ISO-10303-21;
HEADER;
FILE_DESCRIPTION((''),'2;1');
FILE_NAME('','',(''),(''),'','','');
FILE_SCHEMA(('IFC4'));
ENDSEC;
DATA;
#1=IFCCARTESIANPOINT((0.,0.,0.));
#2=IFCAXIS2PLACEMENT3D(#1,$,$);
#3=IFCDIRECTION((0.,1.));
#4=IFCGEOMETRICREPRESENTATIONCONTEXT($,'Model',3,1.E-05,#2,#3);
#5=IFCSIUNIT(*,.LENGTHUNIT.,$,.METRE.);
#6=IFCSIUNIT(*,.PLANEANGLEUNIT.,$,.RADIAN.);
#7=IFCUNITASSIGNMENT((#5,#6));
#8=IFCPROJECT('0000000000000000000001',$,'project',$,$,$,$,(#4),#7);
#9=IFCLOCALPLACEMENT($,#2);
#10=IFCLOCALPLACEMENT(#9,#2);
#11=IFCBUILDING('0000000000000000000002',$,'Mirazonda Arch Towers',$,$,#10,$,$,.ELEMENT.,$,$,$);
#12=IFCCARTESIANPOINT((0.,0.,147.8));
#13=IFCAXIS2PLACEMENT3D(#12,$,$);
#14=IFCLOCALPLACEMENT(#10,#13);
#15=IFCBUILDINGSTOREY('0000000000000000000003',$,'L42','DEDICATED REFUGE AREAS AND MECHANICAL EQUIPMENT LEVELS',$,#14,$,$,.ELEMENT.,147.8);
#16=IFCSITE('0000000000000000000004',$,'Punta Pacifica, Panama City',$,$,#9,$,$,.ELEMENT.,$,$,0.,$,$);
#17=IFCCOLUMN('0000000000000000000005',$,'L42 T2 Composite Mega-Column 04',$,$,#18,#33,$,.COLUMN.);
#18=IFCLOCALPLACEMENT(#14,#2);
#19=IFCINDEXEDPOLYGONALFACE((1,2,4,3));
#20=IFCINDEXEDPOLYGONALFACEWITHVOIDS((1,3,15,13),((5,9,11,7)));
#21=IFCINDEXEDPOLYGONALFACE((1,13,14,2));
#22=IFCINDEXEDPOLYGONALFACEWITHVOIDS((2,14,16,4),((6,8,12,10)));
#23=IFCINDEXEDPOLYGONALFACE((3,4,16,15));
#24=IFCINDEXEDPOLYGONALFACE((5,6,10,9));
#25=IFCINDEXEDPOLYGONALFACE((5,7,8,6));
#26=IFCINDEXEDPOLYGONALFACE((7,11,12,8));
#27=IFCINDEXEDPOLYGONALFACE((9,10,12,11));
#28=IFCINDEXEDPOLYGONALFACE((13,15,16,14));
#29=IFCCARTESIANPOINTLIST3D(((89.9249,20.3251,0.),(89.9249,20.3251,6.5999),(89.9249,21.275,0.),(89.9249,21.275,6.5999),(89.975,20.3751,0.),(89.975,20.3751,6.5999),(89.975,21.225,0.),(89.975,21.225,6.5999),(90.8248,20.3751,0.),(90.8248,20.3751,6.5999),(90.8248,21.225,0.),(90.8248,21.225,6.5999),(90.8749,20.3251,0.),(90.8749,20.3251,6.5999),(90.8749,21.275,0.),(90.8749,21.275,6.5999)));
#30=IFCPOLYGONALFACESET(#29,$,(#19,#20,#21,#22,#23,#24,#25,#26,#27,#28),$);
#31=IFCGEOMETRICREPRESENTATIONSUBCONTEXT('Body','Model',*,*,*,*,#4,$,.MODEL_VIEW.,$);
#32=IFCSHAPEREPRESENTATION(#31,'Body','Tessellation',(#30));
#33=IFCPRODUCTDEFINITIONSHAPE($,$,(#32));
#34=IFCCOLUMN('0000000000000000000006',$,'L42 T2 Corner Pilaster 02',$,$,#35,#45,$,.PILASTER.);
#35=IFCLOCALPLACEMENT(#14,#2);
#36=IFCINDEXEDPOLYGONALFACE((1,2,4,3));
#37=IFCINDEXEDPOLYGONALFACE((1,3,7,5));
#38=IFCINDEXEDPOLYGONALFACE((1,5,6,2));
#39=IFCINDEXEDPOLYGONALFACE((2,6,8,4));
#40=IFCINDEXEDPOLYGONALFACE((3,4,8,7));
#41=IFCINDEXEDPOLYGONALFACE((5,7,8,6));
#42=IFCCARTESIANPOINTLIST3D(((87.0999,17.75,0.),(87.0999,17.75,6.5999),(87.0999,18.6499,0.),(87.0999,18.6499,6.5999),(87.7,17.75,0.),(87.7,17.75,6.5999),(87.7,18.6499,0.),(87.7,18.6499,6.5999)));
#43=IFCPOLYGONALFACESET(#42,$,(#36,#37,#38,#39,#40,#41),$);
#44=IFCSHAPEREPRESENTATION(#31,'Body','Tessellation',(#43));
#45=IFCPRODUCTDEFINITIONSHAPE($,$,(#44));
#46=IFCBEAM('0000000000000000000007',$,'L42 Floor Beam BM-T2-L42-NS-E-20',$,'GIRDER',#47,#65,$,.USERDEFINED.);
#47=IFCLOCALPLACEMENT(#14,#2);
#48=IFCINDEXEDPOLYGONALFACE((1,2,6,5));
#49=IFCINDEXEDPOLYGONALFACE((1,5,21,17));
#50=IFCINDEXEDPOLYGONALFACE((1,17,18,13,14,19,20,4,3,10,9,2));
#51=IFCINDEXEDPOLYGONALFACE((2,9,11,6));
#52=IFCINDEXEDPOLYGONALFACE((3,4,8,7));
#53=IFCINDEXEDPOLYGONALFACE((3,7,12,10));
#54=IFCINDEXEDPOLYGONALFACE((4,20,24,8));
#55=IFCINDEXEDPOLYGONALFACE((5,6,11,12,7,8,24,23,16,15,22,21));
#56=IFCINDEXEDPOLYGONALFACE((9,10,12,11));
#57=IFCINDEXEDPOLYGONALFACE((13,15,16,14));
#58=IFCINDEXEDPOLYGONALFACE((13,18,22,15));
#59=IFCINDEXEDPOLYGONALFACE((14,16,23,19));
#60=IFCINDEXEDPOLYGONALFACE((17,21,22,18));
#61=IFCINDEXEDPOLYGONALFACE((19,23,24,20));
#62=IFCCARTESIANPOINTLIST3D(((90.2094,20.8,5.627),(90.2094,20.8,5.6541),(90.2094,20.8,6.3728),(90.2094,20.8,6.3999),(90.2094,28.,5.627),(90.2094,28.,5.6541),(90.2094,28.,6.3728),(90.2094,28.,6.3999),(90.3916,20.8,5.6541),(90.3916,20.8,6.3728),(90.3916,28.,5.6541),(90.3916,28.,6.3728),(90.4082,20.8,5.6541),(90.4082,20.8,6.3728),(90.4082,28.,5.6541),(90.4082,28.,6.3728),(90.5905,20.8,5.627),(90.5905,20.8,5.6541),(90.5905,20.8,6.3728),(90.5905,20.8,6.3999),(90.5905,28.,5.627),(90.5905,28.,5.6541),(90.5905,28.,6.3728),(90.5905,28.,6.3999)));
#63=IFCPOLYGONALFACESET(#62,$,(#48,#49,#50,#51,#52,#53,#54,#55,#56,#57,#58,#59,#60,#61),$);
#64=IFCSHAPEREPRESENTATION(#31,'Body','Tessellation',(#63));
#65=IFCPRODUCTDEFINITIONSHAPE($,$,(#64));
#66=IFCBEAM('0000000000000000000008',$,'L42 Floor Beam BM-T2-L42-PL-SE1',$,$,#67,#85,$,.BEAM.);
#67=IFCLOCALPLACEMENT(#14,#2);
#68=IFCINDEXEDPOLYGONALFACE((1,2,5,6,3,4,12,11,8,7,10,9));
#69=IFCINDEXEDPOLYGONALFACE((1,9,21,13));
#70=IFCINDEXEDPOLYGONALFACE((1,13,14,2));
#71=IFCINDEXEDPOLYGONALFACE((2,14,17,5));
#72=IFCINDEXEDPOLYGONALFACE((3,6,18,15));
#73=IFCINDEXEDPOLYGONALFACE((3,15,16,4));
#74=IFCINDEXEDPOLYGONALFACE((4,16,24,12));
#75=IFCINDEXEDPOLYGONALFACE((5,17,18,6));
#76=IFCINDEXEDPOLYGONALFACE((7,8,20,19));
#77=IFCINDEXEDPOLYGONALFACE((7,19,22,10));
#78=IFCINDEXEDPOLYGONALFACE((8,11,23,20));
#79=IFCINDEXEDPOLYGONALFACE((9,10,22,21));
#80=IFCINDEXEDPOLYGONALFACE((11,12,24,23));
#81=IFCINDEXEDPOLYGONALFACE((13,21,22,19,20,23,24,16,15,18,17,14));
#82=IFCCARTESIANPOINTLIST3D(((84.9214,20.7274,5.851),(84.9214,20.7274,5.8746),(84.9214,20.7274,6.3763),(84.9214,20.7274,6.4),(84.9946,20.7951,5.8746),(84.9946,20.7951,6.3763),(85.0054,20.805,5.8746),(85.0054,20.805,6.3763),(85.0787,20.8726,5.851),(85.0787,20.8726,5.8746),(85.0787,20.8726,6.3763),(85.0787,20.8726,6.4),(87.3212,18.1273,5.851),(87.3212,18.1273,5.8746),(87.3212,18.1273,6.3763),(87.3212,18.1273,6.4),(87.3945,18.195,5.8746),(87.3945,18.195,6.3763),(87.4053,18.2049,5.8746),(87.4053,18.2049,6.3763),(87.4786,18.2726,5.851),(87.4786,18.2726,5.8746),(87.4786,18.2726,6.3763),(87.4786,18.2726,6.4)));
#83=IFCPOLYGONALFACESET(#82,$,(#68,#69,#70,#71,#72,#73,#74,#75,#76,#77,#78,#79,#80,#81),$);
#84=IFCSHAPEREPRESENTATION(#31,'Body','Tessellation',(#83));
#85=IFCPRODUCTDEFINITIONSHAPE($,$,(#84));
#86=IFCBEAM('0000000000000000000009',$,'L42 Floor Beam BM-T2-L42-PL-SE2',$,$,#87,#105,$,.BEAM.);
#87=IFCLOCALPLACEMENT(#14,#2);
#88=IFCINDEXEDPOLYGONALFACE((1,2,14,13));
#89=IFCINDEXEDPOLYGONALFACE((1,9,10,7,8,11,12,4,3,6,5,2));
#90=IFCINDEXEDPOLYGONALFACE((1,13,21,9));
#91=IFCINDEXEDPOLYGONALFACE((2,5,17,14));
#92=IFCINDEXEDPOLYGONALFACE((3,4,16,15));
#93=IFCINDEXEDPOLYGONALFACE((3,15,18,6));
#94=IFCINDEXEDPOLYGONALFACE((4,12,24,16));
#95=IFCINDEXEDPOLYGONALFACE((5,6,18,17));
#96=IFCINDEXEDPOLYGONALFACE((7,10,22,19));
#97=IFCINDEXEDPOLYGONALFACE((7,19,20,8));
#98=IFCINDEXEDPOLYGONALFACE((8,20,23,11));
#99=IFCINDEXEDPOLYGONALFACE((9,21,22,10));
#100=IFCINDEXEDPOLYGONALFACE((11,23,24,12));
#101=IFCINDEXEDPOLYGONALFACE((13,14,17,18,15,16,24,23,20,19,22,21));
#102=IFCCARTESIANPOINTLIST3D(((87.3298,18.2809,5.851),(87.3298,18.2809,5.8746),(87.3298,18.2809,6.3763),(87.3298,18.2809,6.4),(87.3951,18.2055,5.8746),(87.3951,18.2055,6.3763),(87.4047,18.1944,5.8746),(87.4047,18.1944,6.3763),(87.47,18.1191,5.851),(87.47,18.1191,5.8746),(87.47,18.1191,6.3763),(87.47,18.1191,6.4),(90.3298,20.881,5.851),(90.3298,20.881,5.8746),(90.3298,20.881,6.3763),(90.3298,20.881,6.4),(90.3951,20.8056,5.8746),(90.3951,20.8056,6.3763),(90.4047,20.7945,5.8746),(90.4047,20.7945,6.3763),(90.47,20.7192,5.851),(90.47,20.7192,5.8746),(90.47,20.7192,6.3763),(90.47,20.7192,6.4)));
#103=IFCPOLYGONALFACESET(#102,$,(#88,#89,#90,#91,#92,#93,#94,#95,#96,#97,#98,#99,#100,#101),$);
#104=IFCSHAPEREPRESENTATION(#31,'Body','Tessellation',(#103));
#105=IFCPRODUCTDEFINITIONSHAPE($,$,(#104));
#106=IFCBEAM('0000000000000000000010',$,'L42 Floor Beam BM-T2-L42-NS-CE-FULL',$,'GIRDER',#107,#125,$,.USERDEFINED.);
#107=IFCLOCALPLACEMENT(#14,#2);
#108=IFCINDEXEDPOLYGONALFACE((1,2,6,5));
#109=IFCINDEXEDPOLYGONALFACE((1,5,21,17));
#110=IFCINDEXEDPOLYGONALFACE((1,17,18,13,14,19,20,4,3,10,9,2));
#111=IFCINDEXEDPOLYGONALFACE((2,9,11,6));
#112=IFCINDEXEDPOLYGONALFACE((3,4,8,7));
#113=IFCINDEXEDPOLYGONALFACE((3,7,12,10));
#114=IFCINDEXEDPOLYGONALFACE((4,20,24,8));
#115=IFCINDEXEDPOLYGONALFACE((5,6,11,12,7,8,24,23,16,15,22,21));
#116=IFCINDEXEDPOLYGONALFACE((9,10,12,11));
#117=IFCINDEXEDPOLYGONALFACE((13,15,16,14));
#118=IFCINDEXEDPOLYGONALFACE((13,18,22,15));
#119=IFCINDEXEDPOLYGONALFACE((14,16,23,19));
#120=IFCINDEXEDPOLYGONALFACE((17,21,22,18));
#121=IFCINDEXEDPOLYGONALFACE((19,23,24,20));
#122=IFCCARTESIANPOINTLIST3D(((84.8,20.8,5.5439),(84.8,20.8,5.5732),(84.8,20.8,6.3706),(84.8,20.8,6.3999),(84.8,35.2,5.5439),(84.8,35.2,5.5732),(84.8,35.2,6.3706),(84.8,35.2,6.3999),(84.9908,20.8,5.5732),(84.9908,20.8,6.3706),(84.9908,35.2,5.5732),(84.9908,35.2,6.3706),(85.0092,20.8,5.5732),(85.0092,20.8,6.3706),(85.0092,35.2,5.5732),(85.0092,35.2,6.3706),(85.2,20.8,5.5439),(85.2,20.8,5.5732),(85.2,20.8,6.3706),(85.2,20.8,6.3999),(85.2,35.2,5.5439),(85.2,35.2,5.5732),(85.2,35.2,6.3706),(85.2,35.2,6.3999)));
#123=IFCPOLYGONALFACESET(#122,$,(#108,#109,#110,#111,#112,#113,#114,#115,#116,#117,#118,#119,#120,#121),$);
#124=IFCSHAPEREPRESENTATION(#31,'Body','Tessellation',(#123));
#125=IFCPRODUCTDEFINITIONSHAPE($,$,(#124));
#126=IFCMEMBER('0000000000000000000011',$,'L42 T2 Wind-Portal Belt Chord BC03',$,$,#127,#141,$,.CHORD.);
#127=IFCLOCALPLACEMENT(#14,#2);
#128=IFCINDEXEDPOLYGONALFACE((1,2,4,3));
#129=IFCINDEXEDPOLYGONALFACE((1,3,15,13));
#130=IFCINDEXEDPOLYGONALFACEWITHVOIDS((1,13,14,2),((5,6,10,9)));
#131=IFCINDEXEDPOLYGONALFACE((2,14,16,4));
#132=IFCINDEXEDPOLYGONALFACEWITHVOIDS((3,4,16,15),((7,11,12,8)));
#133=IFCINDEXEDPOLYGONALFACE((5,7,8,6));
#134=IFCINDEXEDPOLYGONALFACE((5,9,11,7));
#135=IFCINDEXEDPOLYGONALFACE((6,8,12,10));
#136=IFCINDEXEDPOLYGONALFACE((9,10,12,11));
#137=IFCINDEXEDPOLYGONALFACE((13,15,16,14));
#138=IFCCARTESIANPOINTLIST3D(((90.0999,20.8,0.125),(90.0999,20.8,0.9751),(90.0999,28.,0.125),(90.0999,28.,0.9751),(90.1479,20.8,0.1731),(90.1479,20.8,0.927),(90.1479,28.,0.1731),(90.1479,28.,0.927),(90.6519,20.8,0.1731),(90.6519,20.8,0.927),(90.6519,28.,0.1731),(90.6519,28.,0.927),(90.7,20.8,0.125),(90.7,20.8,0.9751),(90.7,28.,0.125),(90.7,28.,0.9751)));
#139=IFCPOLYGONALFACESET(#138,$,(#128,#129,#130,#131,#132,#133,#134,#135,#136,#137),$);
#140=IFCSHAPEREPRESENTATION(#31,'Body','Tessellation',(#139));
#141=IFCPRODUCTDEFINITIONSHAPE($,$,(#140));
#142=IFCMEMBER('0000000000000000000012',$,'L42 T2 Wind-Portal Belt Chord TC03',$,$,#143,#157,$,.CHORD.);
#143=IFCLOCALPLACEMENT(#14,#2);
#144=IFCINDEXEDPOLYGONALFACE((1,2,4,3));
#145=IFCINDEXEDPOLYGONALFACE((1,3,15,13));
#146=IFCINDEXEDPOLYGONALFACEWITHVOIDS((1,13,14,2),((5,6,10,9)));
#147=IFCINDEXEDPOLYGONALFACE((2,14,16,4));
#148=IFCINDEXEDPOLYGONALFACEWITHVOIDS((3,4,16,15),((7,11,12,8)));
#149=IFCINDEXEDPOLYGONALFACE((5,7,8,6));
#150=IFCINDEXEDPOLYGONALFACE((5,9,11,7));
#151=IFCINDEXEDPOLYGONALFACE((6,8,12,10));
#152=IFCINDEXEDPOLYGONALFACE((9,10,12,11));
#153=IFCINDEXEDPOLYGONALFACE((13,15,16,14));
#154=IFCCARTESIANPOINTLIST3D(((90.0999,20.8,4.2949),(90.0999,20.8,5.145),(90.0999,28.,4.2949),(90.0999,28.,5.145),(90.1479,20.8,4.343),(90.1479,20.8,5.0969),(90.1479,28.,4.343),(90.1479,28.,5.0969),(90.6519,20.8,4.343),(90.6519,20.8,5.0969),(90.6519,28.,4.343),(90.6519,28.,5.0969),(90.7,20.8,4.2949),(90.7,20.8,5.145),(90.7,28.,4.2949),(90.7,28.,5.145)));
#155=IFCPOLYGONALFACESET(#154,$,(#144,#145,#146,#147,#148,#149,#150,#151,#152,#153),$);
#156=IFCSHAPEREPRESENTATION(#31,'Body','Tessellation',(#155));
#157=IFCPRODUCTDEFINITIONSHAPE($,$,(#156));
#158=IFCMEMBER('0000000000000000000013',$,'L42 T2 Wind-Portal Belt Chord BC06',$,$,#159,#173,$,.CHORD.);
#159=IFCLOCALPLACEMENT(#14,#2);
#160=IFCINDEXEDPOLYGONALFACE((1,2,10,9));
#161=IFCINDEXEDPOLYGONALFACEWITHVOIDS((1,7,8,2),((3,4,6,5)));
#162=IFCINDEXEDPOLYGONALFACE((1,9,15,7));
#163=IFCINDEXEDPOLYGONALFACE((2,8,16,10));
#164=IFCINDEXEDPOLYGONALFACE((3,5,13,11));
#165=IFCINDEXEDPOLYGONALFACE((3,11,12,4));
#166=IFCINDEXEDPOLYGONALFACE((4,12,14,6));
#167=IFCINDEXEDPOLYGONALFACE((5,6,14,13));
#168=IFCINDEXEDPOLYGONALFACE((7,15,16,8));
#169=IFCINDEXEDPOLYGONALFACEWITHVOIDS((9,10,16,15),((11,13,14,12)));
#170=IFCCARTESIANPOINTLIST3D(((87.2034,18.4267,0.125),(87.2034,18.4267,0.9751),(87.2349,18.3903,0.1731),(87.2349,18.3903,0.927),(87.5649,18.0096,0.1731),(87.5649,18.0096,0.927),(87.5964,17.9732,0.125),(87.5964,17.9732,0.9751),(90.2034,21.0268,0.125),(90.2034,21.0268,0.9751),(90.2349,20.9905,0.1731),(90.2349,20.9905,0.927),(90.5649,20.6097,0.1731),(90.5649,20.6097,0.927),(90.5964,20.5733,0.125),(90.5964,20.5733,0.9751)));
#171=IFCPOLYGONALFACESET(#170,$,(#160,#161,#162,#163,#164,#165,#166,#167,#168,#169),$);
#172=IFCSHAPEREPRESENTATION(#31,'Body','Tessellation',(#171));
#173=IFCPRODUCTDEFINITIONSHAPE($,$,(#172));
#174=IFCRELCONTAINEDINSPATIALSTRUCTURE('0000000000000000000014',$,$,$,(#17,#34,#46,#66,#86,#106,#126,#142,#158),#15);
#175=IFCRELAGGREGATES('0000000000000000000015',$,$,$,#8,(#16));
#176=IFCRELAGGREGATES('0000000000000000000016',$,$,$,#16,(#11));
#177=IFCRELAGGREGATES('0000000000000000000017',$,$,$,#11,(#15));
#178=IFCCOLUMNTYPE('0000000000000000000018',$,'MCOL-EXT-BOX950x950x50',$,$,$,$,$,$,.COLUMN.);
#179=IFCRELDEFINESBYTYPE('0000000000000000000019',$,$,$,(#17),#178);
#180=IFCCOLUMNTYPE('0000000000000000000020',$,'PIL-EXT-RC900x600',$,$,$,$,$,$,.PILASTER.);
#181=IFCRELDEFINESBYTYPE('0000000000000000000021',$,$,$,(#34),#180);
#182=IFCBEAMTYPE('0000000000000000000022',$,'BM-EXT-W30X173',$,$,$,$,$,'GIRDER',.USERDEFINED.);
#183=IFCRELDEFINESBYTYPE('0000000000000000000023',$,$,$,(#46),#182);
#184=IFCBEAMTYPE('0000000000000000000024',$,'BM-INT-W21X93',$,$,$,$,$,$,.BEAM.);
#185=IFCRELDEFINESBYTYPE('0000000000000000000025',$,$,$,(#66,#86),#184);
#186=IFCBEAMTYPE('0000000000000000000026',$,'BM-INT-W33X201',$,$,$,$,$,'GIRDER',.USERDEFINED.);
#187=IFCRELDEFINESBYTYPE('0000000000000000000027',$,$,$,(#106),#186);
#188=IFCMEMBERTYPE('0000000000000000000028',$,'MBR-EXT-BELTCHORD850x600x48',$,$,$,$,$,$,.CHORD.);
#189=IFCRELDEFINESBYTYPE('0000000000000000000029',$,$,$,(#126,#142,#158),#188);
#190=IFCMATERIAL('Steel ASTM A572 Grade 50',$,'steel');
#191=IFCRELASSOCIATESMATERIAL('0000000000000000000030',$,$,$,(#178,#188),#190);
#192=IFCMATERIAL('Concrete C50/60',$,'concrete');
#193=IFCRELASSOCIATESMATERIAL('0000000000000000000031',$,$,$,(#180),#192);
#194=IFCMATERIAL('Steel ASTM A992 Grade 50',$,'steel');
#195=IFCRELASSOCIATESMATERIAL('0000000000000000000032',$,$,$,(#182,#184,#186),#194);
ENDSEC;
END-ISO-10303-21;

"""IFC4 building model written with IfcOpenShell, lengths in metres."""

from ifc_helpers import new_model, si_unit, direction, frame, origin, origin_2d, place, context, subcontext, project, spatial, rectangle, hollow_rectangle, i_section, extrude, material, material_profile, profile_set, type_object, element, save


model = new_model("IFC4")

# Units and contexts
model_context = context("Model", 3, precision=1e-05, world=origin(), true_north=direction((0.0, 1.0)))
body_context = subcontext(model_context, "Body", "Model", "MODEL_VIEW")
ifc_project = project(units=[si_unit("LENGTHUNIT", "METRE"), si_unit("PLANEANGLEUNIT", "RADIAN")], contexts=[model_context])

# Site, building, storey
site_placement = place(None, origin())
site = spatial("IfcSite", under=ifc_project, at=site_placement, Name="Punta Pacifica, Panama City", CompositionType="ELEMENT", RefElevation=0.0)
building_placement = place(site_placement, origin())
building = spatial("IfcBuilding", under=site, at=building_placement, Name="Mirazonda Arch Towers", CompositionType="ELEMENT")
storey_placement = place(building_placement, frame((0.0, 0.0, 147.8)))
storey = spatial("IfcBuildingStorey", under=building, at=storey_placement, Name="L42", Description="DEDICATED REFUGE AREAS AND MECHANICAL EQUIPMENT LEVELS", CompositionType="ELEMENT", Elevation=147.8)

# Columns
ifc_material_1 = material(Name="Steel ASTM A572 Grade 50", Category="steel")
ifc_material_profile_1 = material_profile(ifc_material_1, hollow_rectangle(XDim=0.95, YDim=0.95, WallThickness=0.05, at=origin_2d()), Name="BOX950x950x50")
ifc_profile_set_1 = profile_set([ifc_material_profile_1], Name="Steel ASTM A572 Grade 50")
column_type_1 = type_object("IfcColumnType", Name="MCOL-EXT-BOX950x950x50", PredefinedType="COLUMN", material=ifc_profile_set_1)
column_1_placement = place(storey_placement, frame((90.3999, 20.8, 0.0), z_axis=(0.0, 0.0, 1.0), x_axis=(1.0, 0.0, 0.0)))
element("IfcColumn", 1, at=column_1_placement, inside=storey, type_object=column_type_1, Name="L42 T2 Composite Mega-Column 04", PredefinedType="COLUMN", context=body_context, shape_type="SweptSolid", body=[
    extrude(hollow_rectangle(XDim=0.95, YDim=0.95, WallThickness=0.05, at=origin_2d()), origin(), (0.0, 0.0, 1.0), 6.5999),
])
ifc_material_2 = material(Name="Concrete C50/60", Category="concrete")
ifc_material_profile_2 = material_profile(ifc_material_2, rectangle(XDim=0.6001, YDim=0.8999, at=origin_2d()), Name="RC900x600")
ifc_profile_set_2 = profile_set([ifc_material_profile_2], Name="Concrete C50/60")
column_type_2 = type_object("IfcColumnType", Name="PIL-EXT-RC900x600", PredefinedType="PILASTER", material=ifc_profile_set_2)
column_2_placement = place(storey_placement, frame((87.3999, 18.2, 0.0), z_axis=(0.0, 0.0, 1.0), x_axis=(1.0, 0.0, 0.0)))
element("IfcColumn", 2, at=column_2_placement, inside=storey, type_object=column_type_2, Name="L42 T2 Corner Pilaster 02", PredefinedType="PILASTER", context=body_context, shape_type="SweptSolid", body=[
    extrude(rectangle(XDim=0.6001, YDim=0.8999, at=origin_2d()), origin(), (0.0, 0.0, 1.0), 6.5999),
])

# Beams
ifc_material_3 = material(Name="Steel ASTM A992 Grade 50", Category="steel")
ifc_material_profile_3 = material_profile(ifc_material_3, i_section(OverallWidth=0.3811, OverallDepth=0.7729, WebThickness=0.0166, FlangeThickness=0.0271, at=origin_2d()), Name="W30X173")
ifc_profile_set_3 = profile_set([ifc_material_profile_3], Name="Steel ASTM A992 Grade 50")
beam_type_1 = type_object("IfcBeamType", Name="BM-EXT-W30X173", ElementType="GIRDER", PredefinedType="USERDEFINED", material=ifc_profile_set_3)
beam_1_placement = place(storey_placement, frame((90.3999, 20.8, 6.0134), z_axis=(0.0, 1.0, 0.0), x_axis=(-1.0, 0.0, 0.0)))
element("IfcBeam", 3, at=beam_1_placement, inside=storey, type_object=beam_type_1, Name="L42 Floor Beam BM-T2-L42-NS-E-20", ObjectType="GIRDER", PredefinedType="USERDEFINED", context=body_context, shape_type="SweptSolid", body=[
    extrude(i_section(OverallWidth=0.3811, OverallDepth=0.7729, WebThickness=0.0166, FlangeThickness=0.0271, at=origin_2d()), origin(), (0.0, 0.0, 1.0), 7.2),
])
ifc_material_profile_4 = material_profile(ifc_material_3, i_section(OverallWidth=0.2141, OverallDepth=0.5491, WebThickness=0.0146, FlangeThickness=0.0237, at=origin_2d()), Name="W21X93")
ifc_profile_set_4 = profile_set([ifc_material_profile_4], Name="Steel ASTM A992 Grade 50")
beam_type_2 = type_object("IfcBeamType", Name="BM-INT-W21X93", PredefinedType="BEAM", material=ifc_profile_set_4)
beam_2_placement = place(storey_placement, frame((87.3999, 18.2, 6.1255), z_axis=(-0.678251, 0.73483, 0.0), x_axis=(-0.73483, -0.678251, 0.0)))
element("IfcBeam", 4, at=beam_2_placement, inside=storey, type_object=beam_type_2, Name="L42 Floor Beam BM-T2-L42-PL-SE1", PredefinedType="BEAM", context=body_context, shape_type="SweptSolid", body=[
    extrude(i_section(OverallWidth=0.2141, OverallDepth=0.5491, WebThickness=0.0146, FlangeThickness=0.0237, at=origin_2d()), origin(), (0.0, 0.0, 1.0), 3.5383),
])
beam_3_placement = place(storey_placement, frame((87.3999, 18.2, 6.1255), z_axis=(0.755677, 0.654945, 0.0), x_axis=(-0.654945, 0.755677, 0.0)))
element("IfcBeam", 5, at=beam_3_placement, inside=storey, type_object=beam_type_2, Name="L42 Floor Beam BM-T2-L42-PL-SE2", PredefinedType="BEAM", context=body_context, shape_type="SweptSolid", body=[
    extrude(i_section(OverallWidth=0.2141, OverallDepth=0.5491, WebThickness=0.0146, FlangeThickness=0.0237, at=origin_2d()), origin(), (0.0, 0.0, 1.0), 3.97),
])
ifc_material_profile_5 = material_profile(ifc_material_3, i_section(OverallWidth=0.3999, OverallDepth=0.856, WebThickness=0.0183, FlangeThickness=0.0293, at=origin_2d()), Name="W33X201")
ifc_profile_set_5 = profile_set([ifc_material_profile_5], Name="Steel ASTM A992 Grade 50")
beam_type_3 = type_object("IfcBeamType", Name="BM-INT-W33X201", ElementType="GIRDER", PredefinedType="USERDEFINED", material=ifc_profile_set_5)
beam_4_placement = place(storey_placement, frame((85.0, 20.8, 5.9719), z_axis=(0.0, 1.0, 0.0), x_axis=(-1.0, 0.0, 0.0)))
element("IfcBeam", 6, at=beam_4_placement, inside=storey, type_object=beam_type_3, Name="L42 Floor Beam BM-T2-L42-NS-CE-FULL", ObjectType="GIRDER", PredefinedType="USERDEFINED", context=body_context, shape_type="SweptSolid", body=[
    extrude(i_section(OverallWidth=0.3999, OverallDepth=0.856, WebThickness=0.0183, FlangeThickness=0.0293, at=origin_2d()), origin(), (0.0, 0.0, 1.0), 14.3999),
])

# Members
ifc_material_profile_6 = material_profile(ifc_material_1, hollow_rectangle(XDim=0.6001, YDim=0.8501, WallThickness=0.0481, at=origin_2d()), Name="BELTCHORD850x600x48")
ifc_profile_set_6 = profile_set([ifc_material_profile_6], Name="Steel ASTM A572 Grade 50")
member_type_1 = type_object("IfcMemberType", Name="MBR-EXT-BELTCHORD850x600x48", PredefinedType="CHORD", material=ifc_profile_set_6)
for number, where, z_axis, x_axis, name in (
    (7, (90.3999, 20.8, 0.55), (0.0, 1.0, 0.0), (-1.0, 0.0, 0.0), "L42 T2 Wind-Portal Belt Chord BC03"),
    (8, (90.3999, 20.8, 4.72), (0.0, 1.0, 0.0), (-1.0, 0.0, 0.0), "L42 T2 Wind-Portal Belt Chord TC03"),
):
    element("IfcMember", number, at=place(storey_placement, frame(where, z_axis=z_axis, x_axis=x_axis)), inside=storey, type_object=member_type_1, Name=name, PredefinedType="CHORD", context=body_context, shape_type="SweptSolid", body=[
        extrude(hollow_rectangle(XDim=0.6001, YDim=0.8501, WallThickness=0.0481, at=origin_2d()), origin(), (0.0, 0.0, 1.0), 7.2),
    ])
for number, where, z_axis, x_axis, name in (
    (9, (87.3999, 18.2, 0.55), (0.755677, 0.654945, 0.0), (-0.654945, 0.755677, 0.0), "L42 T2 Wind-Portal Belt Chord BC06"),
):
    element("IfcMember", number, at=place(storey_placement, frame(where, z_axis=z_axis, x_axis=x_axis)), inside=storey, type_object=member_type_1, Name=name, PredefinedType="CHORD", context=body_context, shape_type="SweptSolid", body=[
        extrude(hollow_rectangle(XDim=0.6001, YDim=0.8501, WallThickness=0.0481, at=origin_2d()), origin(), (0.0, 0.0, 1.0), 3.97),
    ])

save(model, "model.ifc")
